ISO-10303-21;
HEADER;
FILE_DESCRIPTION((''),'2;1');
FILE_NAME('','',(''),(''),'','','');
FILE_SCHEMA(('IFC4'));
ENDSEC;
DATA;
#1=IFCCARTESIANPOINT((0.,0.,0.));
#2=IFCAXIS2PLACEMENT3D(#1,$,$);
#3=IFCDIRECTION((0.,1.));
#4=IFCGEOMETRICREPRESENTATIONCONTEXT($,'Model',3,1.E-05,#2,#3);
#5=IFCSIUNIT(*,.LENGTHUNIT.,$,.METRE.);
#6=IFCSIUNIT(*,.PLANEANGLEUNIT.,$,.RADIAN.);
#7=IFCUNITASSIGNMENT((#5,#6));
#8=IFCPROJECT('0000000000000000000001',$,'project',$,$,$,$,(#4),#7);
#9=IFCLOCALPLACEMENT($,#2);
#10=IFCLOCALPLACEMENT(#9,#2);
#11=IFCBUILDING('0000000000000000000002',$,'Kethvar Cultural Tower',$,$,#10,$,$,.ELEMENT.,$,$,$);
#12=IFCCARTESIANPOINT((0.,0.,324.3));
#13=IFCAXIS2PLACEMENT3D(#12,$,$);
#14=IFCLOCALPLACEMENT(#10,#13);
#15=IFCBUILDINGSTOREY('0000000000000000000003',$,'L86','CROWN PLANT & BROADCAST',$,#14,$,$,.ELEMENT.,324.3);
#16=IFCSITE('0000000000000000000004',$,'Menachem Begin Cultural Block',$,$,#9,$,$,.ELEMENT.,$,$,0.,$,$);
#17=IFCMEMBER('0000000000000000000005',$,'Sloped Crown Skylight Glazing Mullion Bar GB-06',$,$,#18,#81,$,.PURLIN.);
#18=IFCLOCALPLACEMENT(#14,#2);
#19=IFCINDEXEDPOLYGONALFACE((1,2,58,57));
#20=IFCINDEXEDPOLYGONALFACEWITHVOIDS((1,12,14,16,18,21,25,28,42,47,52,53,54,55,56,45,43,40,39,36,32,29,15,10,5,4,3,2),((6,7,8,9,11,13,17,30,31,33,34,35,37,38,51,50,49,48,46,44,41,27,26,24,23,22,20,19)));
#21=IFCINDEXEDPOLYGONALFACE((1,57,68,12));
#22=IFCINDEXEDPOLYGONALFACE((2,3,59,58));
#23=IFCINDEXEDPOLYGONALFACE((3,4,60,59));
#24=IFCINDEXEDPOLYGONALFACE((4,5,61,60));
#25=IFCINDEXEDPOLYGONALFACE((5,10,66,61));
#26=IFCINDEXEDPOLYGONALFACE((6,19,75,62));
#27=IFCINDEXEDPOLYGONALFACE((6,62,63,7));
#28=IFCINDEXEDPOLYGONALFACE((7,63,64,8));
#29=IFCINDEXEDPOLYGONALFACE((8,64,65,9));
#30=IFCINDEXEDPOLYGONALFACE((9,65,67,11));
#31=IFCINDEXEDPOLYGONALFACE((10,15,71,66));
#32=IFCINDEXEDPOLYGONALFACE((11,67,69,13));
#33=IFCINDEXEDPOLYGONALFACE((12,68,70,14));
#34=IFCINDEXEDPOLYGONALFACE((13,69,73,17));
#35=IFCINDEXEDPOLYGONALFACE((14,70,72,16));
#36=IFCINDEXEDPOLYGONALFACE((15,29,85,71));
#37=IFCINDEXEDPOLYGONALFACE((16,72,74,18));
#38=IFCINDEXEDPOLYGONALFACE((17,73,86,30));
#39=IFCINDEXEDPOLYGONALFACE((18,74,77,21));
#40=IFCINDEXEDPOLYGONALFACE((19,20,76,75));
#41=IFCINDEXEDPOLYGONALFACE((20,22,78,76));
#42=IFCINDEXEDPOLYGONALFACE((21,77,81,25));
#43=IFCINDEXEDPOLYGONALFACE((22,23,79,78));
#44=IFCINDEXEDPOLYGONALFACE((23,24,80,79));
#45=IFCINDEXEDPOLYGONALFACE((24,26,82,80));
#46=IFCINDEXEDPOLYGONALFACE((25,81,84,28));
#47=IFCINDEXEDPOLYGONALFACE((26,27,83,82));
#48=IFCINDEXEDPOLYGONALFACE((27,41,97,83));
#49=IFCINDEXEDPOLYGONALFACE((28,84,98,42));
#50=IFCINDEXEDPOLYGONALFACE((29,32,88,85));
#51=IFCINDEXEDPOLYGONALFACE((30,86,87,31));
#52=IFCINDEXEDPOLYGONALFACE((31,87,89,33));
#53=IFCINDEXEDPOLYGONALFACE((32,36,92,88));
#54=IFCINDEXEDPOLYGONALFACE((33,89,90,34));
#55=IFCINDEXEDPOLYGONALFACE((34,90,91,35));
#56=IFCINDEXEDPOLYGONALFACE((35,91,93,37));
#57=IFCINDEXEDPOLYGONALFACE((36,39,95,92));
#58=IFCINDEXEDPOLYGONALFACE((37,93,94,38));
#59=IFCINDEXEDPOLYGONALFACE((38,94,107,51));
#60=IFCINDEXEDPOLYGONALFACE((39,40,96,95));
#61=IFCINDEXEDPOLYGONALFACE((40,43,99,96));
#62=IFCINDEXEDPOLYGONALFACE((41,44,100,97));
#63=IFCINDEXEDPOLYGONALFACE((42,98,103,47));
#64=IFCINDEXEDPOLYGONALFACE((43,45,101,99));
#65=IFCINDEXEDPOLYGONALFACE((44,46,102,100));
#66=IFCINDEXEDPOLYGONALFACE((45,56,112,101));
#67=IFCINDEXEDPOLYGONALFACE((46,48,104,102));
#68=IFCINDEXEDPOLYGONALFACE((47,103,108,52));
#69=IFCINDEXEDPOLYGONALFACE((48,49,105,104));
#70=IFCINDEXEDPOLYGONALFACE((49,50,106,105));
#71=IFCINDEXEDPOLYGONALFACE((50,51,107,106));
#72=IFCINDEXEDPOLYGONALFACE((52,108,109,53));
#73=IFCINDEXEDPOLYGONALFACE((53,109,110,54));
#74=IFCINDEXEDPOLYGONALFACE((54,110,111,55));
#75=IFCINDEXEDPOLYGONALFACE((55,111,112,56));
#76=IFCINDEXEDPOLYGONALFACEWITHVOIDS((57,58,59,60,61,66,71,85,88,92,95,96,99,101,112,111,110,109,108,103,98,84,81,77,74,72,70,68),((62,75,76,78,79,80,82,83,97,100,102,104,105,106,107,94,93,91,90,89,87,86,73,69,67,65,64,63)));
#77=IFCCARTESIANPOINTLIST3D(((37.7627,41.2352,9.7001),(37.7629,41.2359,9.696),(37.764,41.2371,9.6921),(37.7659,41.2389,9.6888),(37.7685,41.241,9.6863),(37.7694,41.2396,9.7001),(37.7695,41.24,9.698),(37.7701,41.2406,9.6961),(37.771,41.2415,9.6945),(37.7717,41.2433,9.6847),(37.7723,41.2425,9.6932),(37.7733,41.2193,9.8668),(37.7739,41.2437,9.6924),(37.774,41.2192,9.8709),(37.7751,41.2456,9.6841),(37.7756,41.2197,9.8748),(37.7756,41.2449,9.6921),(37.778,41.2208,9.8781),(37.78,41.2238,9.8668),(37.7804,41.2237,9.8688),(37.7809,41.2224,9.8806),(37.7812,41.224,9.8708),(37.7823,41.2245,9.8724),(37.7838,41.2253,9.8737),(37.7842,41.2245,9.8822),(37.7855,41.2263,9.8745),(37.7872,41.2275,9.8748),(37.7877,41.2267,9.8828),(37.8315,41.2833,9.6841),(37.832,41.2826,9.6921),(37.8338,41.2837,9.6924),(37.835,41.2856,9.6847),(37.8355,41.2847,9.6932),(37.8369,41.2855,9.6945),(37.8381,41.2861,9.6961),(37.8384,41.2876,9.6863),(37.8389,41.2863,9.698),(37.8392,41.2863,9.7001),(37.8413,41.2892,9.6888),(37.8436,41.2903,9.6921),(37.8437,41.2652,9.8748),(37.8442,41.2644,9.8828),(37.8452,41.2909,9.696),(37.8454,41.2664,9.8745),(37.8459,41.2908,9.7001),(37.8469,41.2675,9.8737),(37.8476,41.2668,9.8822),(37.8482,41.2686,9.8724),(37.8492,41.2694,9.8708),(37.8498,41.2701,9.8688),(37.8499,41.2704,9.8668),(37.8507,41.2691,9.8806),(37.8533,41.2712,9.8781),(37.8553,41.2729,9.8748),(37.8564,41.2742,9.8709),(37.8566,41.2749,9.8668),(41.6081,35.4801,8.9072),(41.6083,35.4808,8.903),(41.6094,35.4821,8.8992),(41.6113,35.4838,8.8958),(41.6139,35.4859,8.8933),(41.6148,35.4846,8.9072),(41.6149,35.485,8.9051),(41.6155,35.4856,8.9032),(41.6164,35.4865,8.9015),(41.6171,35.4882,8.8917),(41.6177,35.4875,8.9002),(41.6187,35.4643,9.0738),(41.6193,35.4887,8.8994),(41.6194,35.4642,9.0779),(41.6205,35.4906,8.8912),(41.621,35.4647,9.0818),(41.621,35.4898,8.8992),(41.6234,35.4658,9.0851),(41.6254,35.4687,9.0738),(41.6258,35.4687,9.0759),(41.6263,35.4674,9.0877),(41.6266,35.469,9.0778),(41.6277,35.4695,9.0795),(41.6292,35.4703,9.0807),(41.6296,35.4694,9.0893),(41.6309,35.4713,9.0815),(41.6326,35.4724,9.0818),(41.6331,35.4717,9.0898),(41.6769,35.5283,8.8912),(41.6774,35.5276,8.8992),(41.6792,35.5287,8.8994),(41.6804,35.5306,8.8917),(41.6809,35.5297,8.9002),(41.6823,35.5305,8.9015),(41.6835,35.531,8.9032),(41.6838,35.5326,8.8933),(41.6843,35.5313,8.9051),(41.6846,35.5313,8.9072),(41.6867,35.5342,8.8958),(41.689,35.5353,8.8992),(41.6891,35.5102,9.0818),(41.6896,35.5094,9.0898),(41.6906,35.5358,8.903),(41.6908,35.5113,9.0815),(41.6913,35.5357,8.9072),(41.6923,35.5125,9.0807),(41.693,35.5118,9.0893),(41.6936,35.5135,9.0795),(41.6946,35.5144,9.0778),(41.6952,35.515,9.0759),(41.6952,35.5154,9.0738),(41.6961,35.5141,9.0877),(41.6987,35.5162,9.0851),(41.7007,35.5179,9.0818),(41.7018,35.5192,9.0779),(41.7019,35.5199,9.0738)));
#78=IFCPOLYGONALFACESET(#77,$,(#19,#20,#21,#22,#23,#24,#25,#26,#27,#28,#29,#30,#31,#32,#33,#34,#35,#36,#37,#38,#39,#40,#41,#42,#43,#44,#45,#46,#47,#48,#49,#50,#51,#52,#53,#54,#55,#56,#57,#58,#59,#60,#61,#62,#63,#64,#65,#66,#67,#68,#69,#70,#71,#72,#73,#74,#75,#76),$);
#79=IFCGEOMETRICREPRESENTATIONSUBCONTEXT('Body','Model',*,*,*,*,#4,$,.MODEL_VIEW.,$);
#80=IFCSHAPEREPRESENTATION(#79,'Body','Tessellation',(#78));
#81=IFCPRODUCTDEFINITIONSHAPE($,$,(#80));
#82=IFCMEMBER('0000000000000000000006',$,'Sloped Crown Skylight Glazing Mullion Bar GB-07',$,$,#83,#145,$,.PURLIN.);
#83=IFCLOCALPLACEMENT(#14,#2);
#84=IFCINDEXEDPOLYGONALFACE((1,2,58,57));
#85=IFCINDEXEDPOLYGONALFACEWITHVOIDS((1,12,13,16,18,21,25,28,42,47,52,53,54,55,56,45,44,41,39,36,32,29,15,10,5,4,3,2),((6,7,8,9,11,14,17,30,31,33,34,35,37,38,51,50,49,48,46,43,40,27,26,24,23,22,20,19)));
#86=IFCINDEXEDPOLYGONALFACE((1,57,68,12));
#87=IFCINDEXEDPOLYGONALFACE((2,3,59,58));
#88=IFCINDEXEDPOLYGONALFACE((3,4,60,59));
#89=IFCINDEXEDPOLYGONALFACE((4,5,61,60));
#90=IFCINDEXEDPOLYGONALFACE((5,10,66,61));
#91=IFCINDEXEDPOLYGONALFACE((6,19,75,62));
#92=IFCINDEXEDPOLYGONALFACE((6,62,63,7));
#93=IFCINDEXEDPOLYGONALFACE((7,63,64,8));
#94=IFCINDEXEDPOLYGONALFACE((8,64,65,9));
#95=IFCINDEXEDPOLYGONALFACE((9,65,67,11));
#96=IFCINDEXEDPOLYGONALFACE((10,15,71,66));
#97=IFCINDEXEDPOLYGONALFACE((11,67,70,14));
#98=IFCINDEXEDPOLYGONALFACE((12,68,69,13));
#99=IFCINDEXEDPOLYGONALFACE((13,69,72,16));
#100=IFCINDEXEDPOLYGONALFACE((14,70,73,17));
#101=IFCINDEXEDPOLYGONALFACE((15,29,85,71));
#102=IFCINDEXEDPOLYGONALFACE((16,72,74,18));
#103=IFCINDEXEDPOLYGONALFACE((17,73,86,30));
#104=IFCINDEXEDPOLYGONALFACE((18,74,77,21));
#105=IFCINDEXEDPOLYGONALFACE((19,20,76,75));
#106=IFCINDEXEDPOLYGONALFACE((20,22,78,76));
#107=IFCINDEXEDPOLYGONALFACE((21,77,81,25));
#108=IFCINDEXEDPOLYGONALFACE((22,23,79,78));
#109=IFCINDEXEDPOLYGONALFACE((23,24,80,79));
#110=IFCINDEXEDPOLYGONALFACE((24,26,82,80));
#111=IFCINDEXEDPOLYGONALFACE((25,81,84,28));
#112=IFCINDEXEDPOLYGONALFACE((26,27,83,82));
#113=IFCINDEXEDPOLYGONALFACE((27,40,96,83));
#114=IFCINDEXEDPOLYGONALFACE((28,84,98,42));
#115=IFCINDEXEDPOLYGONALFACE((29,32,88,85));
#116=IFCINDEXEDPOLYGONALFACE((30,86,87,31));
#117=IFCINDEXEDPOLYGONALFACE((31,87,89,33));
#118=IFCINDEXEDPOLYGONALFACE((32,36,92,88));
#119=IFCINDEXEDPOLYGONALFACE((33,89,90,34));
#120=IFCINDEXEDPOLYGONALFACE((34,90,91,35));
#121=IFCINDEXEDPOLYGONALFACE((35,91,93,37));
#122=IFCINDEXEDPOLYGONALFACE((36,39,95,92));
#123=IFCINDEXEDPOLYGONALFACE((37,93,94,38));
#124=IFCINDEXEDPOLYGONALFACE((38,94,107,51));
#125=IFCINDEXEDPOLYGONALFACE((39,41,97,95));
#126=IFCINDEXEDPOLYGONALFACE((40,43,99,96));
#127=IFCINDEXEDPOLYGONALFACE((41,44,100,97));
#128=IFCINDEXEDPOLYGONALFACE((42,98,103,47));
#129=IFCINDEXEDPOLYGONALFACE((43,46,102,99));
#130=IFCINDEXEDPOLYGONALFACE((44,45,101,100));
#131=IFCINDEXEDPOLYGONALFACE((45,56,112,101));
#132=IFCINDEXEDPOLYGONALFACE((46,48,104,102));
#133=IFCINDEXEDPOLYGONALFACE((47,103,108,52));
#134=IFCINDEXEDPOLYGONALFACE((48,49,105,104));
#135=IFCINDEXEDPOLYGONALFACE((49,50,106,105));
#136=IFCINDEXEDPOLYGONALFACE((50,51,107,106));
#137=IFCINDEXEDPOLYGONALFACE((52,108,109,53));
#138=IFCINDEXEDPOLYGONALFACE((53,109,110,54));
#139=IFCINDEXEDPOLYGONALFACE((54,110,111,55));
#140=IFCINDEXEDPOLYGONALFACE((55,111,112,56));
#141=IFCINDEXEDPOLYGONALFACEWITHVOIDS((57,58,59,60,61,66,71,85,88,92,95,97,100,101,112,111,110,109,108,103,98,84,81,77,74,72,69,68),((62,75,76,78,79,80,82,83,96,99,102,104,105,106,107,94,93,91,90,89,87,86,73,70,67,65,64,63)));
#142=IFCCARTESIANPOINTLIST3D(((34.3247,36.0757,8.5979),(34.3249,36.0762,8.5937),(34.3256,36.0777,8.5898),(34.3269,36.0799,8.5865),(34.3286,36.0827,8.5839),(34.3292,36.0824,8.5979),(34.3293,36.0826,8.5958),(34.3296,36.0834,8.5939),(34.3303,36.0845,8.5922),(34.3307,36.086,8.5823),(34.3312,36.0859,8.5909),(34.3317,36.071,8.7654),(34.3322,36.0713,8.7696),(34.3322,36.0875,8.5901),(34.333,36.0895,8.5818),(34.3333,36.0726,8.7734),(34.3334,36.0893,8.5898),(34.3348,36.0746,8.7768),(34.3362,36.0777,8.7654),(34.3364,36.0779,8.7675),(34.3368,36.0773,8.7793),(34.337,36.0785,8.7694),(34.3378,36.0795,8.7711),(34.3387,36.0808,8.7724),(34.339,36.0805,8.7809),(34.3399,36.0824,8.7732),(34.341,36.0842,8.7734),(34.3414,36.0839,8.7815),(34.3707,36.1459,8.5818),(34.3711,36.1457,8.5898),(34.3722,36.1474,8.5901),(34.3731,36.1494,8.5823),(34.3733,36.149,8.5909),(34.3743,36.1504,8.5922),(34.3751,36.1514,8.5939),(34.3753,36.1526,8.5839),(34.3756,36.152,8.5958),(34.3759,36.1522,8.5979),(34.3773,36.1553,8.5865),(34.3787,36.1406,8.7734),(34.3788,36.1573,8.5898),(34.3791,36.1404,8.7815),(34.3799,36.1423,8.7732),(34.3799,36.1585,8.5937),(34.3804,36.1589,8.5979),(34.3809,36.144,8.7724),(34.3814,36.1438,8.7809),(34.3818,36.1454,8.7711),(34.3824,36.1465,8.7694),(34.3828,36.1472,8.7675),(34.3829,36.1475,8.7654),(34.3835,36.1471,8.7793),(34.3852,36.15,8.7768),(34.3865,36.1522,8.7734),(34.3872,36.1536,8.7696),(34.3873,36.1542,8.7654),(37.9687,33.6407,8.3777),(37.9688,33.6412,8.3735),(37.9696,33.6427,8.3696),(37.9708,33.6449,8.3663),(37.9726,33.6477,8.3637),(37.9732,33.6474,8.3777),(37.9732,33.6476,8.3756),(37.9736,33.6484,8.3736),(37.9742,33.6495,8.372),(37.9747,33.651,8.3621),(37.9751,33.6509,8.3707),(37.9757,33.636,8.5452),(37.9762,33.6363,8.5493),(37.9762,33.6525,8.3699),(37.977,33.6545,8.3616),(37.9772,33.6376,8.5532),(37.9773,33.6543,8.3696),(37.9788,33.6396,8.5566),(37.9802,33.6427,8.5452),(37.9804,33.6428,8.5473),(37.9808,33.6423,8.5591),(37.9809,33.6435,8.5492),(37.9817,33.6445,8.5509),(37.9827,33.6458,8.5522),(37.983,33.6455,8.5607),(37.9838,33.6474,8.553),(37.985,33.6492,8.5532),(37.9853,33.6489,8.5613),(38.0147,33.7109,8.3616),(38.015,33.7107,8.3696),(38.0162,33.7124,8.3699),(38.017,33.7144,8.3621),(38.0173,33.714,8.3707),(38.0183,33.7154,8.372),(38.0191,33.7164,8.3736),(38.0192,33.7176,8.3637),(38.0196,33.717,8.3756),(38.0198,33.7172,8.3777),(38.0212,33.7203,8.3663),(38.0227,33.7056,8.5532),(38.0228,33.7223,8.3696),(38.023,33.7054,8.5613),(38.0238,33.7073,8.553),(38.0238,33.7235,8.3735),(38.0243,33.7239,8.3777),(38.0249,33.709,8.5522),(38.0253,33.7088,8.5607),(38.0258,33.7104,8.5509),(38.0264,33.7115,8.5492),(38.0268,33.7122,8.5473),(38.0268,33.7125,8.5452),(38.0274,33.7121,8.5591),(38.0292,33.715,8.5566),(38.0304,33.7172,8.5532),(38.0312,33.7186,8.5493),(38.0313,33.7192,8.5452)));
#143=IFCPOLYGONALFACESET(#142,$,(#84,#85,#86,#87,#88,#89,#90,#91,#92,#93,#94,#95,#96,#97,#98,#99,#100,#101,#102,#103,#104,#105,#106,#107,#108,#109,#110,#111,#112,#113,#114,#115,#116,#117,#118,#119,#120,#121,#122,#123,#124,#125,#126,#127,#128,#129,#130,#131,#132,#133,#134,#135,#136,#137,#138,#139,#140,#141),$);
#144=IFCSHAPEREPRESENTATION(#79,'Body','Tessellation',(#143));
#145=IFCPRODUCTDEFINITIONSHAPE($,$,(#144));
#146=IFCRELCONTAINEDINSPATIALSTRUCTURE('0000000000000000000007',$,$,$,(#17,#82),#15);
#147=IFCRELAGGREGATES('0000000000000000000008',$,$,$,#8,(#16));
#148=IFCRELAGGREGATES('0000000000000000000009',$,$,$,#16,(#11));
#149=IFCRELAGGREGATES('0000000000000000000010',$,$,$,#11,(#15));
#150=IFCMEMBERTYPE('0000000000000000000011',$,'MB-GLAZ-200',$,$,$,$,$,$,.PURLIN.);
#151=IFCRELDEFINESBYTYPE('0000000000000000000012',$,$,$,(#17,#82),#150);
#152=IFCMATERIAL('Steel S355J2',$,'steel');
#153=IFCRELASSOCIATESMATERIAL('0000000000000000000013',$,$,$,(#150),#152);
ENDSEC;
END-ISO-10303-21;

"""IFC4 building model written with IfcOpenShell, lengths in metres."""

from ifc_helpers import new_model, si_unit, direction, frame, origin, origin_2d, place, context, subcontext, project, spatial, hollow_rectangle, extrude, source, transform, mapped, material, material_profile, profile_set, type_object, element, save


model = new_model("IFC4")

# Units and contexts
model_context = context("Model", 3, precision=1e-05, world=origin(), true_north=direction((0.0, 1.0)))
body_context = subcontext(model_context, "Body", "Model", "MODEL_VIEW")
ifc_project = project(units=[si_unit("LENGTHUNIT", "METRE"), si_unit("PLANEANGLEUNIT", "RADIAN")], contexts=[model_context])

# Site, building, storey
site_placement = place(None, origin())
site = spatial("IfcSite", under=ifc_project, at=site_placement, Name="Menachem Begin Cultural Block", CompositionType="ELEMENT", RefElevation=0.0)
building_placement = place(site_placement, origin())
building = spatial("IfcBuilding", under=site, at=building_placement, Name="Kethvar Cultural Tower", CompositionType="ELEMENT")
storey_placement = place(building_placement, frame((0.0, 0.0, 324.3)))
storey = spatial("IfcBuildingStorey", under=building, at=storey_placement, Name="L86", Description="CROWN PLANT & BROADCAST", CompositionType="ELEMENT", Elevation=324.3)

# Shared definitions
ifc_material_1 = material(Name="Steel S355J2", Category="steel")

# Members
ifc_material_profile_1 = material_profile(ifc_material_1, hollow_rectangle(XDim=0.1001, YDim=0.2, WallThickness=0.0081, InnerFilletRadius=0.0081, OuterFilletRadius=0.0161, at=origin_2d()), Name="Steel S355J2 — RHS200x100x8")
ifc_profile_set_1 = profile_set([ifc_material_profile_1], Name="Steel S355J2 — RHS200x100x8")
member_type_1 = type_object("IfcMemberType", Name="MB-GLAZ-200", PredefinedType="PURLIN", material=ifc_profile_set_1)
shared_shape_1 = source(origin(), body_context, "Body", "SweptSolid", [
    extrude(hollow_rectangle(XDim=0.1001, YDim=0.2, WallThickness=0.0081, InnerFilletRadius=0.0081, OuterFilletRadius=0.0161, at=origin_2d()), origin(), (0.0, 0.0, 1.0), 6.9668),
])
member_1_placement = place(storey_placement, frame((41.655, 35.5, 8.9905), z_axis=(-0.55196, 0.826066, 0.113819), x_axis=(-0.831469, -0.555571, 0.0)))
element("IfcMember", 1, at=member_1_placement, inside=storey, type_object=member_type_1, Name="Sloped Crown Skylight Glazing Mullion Bar GB-06", PredefinedType="PURLIN", context=body_context, shape_type="MappedRepresentation", body=[
    mapped(shared_shape_1, transform((0.0, 0.0, 0.0), scale=1.0)),
])
shared_shape_2 = source(origin(), body_context, "Body", "SweptSolid", [
    extrude(hollow_rectangle(XDim=0.1001, YDim=0.2, WallThickness=0.0081, InnerFilletRadius=0.0081, OuterFilletRadius=0.0161, at=origin_2d()), origin(), (0.0, 0.0, 1.0), 4.3882),
])
member_2_placement = place(storey_placement, frame((38.0, 33.6799, 8.4614), z_axis=(-0.830402, 0.5549, 0.050182), x_axis=(-0.5556, -0.83145, 0.0)))
element("IfcMember", 2, at=member_2_placement, inside=storey, type_object=member_type_1, Name="Sloped Crown Skylight Glazing Mullion Bar GB-07", PredefinedType="PURLIN", context=body_context, shape_type="MappedRepresentation", body=[
    mapped(shared_shape_2, transform((0.0, 0.0, 0.0), scale=1.0)),
])

save(model, "model.ifc")
